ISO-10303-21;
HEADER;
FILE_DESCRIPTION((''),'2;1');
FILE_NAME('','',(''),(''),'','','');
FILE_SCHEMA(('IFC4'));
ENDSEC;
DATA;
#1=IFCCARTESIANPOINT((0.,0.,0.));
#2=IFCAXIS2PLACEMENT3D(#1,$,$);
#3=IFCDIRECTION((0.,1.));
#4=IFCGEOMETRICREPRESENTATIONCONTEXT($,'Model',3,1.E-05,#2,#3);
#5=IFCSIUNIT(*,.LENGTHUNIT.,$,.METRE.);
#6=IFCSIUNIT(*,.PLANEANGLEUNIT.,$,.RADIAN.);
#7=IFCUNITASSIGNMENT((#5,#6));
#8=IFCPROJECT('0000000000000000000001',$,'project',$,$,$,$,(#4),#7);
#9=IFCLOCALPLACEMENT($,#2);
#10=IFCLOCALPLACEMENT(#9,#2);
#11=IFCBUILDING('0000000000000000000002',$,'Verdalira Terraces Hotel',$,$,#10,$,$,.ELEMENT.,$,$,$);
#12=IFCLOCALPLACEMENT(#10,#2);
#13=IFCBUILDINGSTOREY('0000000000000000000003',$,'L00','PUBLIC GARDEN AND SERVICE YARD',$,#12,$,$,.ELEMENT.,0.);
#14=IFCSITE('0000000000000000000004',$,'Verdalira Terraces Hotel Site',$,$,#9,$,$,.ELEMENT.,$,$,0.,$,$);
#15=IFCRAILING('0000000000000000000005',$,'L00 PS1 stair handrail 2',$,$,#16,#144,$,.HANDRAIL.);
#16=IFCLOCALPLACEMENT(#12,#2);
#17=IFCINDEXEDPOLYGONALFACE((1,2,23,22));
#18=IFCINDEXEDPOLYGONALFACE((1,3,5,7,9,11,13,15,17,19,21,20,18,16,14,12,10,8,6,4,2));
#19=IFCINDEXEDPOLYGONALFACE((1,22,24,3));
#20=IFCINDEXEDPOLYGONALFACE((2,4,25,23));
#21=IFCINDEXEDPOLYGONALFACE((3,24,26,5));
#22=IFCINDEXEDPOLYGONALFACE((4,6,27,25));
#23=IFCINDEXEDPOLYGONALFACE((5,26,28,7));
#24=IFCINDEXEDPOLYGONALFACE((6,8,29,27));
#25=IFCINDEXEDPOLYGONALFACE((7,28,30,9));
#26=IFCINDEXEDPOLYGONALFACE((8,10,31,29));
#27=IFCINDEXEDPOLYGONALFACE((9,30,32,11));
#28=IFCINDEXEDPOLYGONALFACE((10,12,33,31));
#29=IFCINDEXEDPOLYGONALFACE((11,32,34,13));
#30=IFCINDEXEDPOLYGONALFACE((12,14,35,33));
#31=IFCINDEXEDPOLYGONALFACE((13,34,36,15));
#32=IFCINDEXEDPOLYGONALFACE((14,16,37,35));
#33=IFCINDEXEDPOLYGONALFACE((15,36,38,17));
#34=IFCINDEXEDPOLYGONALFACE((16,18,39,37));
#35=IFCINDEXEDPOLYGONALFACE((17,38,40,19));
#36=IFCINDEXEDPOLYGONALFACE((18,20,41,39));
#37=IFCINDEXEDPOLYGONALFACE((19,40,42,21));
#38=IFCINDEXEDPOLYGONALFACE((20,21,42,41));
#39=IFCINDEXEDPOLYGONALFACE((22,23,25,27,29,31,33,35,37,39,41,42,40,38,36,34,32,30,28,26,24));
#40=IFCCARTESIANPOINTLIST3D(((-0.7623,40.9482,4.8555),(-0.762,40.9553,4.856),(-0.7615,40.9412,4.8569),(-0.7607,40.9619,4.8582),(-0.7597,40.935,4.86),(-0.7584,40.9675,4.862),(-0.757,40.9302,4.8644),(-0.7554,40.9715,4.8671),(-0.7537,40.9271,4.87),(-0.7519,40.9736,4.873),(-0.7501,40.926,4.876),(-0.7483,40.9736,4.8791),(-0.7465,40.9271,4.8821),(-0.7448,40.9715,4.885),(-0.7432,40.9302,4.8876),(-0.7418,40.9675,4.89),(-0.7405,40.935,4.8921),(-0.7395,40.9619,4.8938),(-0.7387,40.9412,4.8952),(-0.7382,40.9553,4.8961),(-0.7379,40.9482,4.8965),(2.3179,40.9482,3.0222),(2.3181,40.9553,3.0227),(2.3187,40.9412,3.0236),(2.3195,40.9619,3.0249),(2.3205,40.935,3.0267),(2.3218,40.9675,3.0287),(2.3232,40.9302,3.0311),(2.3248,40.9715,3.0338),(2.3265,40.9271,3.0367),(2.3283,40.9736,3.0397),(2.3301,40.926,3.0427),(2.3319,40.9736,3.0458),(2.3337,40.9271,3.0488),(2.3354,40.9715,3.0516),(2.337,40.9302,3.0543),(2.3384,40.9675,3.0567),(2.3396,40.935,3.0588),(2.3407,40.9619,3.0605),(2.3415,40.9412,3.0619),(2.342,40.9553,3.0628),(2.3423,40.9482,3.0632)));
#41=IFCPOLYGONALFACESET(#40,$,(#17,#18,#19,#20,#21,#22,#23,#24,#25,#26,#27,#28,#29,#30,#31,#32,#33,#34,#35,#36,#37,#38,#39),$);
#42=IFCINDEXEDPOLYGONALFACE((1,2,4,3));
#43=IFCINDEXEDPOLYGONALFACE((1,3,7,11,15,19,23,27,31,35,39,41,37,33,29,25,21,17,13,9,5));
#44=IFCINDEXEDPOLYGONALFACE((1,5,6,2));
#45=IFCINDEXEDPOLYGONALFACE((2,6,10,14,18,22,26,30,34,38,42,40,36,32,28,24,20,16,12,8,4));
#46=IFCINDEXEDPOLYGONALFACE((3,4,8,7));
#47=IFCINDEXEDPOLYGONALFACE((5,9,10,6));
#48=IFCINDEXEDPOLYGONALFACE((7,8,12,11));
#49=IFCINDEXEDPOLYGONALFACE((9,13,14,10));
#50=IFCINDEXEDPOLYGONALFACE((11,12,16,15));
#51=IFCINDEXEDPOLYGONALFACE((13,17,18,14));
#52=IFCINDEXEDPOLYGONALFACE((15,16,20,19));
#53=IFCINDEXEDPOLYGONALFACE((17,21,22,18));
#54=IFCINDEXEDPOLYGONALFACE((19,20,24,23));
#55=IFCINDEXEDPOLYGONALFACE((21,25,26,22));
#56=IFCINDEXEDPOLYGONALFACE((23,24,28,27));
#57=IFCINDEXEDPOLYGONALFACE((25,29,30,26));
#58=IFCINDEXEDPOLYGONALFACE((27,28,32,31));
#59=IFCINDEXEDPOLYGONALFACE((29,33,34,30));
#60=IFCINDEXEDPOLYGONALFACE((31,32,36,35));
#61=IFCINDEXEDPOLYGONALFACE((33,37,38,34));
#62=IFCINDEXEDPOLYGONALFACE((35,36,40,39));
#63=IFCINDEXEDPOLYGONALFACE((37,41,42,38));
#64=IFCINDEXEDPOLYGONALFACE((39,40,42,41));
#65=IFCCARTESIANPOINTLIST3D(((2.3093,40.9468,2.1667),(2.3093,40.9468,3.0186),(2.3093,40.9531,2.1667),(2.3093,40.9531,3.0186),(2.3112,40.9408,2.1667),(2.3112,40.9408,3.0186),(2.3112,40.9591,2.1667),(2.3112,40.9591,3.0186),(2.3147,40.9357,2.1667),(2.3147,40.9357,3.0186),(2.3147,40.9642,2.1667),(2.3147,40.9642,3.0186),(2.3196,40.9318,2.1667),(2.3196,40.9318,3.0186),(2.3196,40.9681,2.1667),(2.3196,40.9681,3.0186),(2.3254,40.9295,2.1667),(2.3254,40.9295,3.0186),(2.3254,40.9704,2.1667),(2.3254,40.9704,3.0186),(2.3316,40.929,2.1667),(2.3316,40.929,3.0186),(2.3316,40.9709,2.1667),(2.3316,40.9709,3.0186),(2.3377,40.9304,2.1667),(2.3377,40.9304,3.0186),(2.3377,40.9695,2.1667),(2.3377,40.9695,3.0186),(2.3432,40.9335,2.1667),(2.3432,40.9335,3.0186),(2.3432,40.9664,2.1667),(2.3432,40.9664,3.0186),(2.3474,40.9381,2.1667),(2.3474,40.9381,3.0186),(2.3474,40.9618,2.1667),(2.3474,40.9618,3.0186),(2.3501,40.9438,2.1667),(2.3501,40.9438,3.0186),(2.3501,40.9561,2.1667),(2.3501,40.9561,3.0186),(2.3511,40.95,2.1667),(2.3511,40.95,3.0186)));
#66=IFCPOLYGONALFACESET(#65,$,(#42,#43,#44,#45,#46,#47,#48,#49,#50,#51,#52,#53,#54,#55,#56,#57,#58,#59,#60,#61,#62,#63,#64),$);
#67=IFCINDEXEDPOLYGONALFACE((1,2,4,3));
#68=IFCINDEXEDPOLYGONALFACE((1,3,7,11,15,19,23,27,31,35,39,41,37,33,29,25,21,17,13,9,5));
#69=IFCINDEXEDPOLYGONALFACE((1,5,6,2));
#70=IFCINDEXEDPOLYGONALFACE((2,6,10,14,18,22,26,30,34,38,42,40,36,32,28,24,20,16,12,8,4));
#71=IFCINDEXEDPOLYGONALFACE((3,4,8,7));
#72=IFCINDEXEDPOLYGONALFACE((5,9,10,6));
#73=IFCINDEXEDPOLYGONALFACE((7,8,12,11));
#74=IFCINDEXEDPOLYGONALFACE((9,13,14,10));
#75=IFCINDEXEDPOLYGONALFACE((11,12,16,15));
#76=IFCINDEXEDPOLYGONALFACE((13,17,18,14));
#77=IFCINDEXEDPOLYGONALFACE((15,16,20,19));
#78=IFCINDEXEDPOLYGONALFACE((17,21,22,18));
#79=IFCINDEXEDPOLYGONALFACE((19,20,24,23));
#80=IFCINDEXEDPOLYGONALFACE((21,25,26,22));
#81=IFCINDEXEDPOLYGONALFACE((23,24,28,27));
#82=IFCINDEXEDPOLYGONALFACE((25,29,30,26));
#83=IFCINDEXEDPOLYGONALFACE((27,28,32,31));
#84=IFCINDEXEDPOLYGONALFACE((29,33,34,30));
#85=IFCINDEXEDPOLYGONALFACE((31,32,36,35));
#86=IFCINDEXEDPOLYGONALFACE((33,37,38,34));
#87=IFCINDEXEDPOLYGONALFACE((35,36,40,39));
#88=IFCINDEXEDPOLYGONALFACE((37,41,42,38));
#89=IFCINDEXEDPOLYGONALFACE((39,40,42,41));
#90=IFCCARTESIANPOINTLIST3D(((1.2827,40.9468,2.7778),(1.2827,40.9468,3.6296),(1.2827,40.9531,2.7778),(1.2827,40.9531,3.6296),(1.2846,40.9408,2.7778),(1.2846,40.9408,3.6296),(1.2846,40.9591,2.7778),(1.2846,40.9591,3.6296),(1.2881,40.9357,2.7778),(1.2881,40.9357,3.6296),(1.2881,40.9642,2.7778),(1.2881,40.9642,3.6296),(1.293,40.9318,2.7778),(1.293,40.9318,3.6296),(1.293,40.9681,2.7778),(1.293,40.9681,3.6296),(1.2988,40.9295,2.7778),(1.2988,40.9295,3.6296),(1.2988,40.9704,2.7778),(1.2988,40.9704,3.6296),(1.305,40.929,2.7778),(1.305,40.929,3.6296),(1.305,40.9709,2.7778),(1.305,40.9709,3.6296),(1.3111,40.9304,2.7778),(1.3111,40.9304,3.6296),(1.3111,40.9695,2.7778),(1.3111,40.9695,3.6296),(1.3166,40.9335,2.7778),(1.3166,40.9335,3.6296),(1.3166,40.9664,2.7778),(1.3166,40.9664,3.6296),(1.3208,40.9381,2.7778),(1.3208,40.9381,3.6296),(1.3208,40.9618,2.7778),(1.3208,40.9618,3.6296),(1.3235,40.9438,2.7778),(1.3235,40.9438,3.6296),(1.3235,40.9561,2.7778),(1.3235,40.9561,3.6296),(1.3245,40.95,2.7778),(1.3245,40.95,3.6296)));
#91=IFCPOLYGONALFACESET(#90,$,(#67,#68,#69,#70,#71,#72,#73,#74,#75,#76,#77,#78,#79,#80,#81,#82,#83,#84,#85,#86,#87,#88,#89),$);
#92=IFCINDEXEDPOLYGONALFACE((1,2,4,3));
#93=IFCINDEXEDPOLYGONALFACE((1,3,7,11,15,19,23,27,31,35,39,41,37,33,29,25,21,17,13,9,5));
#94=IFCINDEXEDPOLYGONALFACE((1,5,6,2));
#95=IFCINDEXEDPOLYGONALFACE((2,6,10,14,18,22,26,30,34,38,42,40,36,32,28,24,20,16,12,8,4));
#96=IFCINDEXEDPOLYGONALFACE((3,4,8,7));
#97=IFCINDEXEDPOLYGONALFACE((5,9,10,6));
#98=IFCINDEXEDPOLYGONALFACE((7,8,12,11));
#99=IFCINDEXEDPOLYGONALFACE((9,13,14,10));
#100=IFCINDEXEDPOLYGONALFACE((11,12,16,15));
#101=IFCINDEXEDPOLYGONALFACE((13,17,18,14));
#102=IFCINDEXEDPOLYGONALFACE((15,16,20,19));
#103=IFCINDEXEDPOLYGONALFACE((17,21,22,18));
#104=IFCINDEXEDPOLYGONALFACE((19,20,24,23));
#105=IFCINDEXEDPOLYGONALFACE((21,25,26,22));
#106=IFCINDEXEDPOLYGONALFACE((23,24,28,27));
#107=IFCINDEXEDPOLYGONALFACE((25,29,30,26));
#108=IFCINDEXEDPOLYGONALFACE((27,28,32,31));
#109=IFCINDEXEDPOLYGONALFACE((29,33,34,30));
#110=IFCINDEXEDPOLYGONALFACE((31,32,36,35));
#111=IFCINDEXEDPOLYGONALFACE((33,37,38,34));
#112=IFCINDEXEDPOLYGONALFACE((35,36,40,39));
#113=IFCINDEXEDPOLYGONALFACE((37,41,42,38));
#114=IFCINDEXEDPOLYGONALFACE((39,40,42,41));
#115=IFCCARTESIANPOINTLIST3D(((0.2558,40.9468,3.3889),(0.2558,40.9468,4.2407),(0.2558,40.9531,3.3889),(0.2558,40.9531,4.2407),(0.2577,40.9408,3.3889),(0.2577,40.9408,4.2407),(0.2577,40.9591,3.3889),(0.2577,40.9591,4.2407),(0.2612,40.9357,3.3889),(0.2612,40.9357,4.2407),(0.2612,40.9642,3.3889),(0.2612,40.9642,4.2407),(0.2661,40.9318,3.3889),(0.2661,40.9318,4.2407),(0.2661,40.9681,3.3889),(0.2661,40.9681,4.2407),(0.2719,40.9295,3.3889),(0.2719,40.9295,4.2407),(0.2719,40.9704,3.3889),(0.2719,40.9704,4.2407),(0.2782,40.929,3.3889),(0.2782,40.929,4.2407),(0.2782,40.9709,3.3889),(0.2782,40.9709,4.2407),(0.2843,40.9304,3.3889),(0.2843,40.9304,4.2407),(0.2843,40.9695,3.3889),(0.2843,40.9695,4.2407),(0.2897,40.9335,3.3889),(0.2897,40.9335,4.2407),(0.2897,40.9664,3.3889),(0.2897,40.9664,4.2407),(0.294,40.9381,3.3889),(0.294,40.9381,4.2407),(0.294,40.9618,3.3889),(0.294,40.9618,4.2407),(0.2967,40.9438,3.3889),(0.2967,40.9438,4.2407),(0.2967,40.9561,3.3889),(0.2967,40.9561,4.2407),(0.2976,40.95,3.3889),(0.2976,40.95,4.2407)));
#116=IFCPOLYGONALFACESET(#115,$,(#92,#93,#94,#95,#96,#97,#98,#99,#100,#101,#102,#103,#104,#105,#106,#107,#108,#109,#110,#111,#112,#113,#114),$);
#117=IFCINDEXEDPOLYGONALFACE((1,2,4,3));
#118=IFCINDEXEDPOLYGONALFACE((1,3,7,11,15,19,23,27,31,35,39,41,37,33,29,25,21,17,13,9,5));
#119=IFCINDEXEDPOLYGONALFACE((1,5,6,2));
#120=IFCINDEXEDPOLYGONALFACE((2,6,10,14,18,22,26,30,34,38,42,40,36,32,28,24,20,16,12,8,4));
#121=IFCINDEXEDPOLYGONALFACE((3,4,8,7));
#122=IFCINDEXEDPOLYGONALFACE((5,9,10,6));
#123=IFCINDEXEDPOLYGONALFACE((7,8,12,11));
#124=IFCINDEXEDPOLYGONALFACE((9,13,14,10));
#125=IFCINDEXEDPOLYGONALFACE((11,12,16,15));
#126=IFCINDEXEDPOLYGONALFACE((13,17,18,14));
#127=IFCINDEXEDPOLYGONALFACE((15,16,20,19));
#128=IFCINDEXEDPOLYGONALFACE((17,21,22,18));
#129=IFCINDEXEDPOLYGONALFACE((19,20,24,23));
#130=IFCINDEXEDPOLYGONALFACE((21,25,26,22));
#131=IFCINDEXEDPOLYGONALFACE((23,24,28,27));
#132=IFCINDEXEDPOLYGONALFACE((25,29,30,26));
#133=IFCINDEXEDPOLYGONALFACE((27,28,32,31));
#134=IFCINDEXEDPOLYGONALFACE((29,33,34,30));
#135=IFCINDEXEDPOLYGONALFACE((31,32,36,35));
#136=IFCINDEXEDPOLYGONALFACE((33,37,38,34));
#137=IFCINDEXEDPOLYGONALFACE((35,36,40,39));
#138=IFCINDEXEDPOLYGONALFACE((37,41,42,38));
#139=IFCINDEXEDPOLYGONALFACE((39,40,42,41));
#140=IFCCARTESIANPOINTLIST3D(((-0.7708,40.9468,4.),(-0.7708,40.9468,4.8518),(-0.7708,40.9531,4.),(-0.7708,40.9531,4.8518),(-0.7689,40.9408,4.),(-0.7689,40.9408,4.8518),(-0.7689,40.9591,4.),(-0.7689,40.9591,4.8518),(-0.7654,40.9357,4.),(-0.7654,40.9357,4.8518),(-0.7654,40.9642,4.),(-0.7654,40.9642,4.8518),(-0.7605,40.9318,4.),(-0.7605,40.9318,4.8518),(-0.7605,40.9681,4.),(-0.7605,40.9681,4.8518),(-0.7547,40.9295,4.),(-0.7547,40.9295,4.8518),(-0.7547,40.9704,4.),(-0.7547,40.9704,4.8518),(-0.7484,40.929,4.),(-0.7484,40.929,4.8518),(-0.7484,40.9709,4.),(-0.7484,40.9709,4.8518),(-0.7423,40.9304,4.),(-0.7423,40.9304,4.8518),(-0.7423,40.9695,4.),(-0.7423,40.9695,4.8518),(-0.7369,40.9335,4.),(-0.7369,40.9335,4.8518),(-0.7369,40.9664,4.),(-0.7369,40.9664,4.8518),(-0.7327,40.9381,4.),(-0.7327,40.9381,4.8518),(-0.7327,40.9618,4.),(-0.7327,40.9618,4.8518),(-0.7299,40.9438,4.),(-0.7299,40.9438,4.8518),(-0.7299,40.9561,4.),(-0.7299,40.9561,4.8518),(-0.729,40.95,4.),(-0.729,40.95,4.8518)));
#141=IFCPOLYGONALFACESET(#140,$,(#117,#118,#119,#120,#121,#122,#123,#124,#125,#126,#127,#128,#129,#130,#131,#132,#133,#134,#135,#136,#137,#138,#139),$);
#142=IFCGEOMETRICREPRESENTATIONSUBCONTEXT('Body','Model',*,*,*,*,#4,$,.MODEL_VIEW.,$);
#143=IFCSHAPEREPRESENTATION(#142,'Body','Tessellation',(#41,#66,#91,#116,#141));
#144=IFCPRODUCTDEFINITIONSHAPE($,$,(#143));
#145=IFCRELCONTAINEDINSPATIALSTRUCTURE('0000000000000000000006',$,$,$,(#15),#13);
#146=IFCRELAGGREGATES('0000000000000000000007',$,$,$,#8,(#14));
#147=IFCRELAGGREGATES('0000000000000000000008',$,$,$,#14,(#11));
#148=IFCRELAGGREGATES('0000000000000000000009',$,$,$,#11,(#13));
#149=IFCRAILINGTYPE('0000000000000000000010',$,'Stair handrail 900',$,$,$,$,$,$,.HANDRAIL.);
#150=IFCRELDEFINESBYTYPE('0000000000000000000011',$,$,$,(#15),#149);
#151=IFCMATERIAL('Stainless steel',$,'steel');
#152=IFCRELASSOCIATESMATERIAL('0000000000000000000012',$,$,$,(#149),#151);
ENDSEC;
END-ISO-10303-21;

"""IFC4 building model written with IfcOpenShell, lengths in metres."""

from ifc_helpers import new_model, si_unit, direction, frame, origin, origin_2d, place, context, subcontext, project, spatial, circle, extrude, material, type_object, element, save


model = new_model("IFC4")

# Units and contexts
model_context = context("Model", 3, precision=1e-05, world=origin(), true_north=direction((0.0, 1.0)))
body_context = subcontext(model_context, "Body", "Model", "MODEL_VIEW")
ifc_project = project(units=[si_unit("LENGTHUNIT", "METRE"), si_unit("PLANEANGLEUNIT", "RADIAN")], contexts=[model_context])

# Site, building, storey
site_placement = place(None, origin())
site = spatial("IfcSite", under=ifc_project, at=site_placement, Name="Verdalira Terraces Hotel Site", CompositionType="ELEMENT", RefElevation=0.0)
building_placement = place(site_placement, origin())
building = spatial("IfcBuilding", under=site, at=building_placement, Name="Verdalira Terraces Hotel", CompositionType="ELEMENT")
storey_placement = place(building_placement, origin())
storey = spatial("IfcBuildingStorey", under=building, at=storey_placement, Name="L00", Description="PUBLIC GARDEN AND SERVICE YARD", CompositionType="ELEMENT", Elevation=0.0)

# Railing
ifc_material_1 = material(Name="Stainless steel", Category="steel")
railing_type_1 = type_object("IfcRailingType", Name="Stair handrail 900", PredefinedType="HANDRAIL", material=ifc_material_1)
for number, where, name in (
    (1, (2.3301, 40.95, 2.1667), "L00 PS1 stair handrail 2"),
):
    element("IfcRailing", number, at=place(storey_placement, frame(where)), inside=storey, type_object=railing_type_1, Name=name, PredefinedType="HANDRAIL", context=body_context, shape_type="SweptSolid", body=[
        extrude(circle(Radius=0.0239, at=origin_2d()), frame((0.0, 0.0, 0.876), z_axis=(-0.859309, 0.0, 0.511458), x_axis=(0.0, -1.0, 0.0)), (0.0, 0.0, 1.0), 3.5845),
        extrude(circle(Radius=0.021, at=origin_2d()), origin(), (0.0, 0.0, 1.0), 0.8518),
        extrude(circle(Radius=0.021, at=origin_2d()), frame((-1.0266, 0.0, 0.6111)), (0.0, 0.0, 1.0), 0.8518),
        extrude(circle(Radius=0.021, at=origin_2d()), frame((-2.0535, 0.0, 1.2222)), (0.0, 0.0, 1.0), 0.8518),
        extrude(circle(Radius=0.021, at=origin_2d()), frame((-3.0801, 0.0, 1.8333)), (0.0, 0.0, 1.0), 0.8518),
    ])

save(model, "model.ifc")
